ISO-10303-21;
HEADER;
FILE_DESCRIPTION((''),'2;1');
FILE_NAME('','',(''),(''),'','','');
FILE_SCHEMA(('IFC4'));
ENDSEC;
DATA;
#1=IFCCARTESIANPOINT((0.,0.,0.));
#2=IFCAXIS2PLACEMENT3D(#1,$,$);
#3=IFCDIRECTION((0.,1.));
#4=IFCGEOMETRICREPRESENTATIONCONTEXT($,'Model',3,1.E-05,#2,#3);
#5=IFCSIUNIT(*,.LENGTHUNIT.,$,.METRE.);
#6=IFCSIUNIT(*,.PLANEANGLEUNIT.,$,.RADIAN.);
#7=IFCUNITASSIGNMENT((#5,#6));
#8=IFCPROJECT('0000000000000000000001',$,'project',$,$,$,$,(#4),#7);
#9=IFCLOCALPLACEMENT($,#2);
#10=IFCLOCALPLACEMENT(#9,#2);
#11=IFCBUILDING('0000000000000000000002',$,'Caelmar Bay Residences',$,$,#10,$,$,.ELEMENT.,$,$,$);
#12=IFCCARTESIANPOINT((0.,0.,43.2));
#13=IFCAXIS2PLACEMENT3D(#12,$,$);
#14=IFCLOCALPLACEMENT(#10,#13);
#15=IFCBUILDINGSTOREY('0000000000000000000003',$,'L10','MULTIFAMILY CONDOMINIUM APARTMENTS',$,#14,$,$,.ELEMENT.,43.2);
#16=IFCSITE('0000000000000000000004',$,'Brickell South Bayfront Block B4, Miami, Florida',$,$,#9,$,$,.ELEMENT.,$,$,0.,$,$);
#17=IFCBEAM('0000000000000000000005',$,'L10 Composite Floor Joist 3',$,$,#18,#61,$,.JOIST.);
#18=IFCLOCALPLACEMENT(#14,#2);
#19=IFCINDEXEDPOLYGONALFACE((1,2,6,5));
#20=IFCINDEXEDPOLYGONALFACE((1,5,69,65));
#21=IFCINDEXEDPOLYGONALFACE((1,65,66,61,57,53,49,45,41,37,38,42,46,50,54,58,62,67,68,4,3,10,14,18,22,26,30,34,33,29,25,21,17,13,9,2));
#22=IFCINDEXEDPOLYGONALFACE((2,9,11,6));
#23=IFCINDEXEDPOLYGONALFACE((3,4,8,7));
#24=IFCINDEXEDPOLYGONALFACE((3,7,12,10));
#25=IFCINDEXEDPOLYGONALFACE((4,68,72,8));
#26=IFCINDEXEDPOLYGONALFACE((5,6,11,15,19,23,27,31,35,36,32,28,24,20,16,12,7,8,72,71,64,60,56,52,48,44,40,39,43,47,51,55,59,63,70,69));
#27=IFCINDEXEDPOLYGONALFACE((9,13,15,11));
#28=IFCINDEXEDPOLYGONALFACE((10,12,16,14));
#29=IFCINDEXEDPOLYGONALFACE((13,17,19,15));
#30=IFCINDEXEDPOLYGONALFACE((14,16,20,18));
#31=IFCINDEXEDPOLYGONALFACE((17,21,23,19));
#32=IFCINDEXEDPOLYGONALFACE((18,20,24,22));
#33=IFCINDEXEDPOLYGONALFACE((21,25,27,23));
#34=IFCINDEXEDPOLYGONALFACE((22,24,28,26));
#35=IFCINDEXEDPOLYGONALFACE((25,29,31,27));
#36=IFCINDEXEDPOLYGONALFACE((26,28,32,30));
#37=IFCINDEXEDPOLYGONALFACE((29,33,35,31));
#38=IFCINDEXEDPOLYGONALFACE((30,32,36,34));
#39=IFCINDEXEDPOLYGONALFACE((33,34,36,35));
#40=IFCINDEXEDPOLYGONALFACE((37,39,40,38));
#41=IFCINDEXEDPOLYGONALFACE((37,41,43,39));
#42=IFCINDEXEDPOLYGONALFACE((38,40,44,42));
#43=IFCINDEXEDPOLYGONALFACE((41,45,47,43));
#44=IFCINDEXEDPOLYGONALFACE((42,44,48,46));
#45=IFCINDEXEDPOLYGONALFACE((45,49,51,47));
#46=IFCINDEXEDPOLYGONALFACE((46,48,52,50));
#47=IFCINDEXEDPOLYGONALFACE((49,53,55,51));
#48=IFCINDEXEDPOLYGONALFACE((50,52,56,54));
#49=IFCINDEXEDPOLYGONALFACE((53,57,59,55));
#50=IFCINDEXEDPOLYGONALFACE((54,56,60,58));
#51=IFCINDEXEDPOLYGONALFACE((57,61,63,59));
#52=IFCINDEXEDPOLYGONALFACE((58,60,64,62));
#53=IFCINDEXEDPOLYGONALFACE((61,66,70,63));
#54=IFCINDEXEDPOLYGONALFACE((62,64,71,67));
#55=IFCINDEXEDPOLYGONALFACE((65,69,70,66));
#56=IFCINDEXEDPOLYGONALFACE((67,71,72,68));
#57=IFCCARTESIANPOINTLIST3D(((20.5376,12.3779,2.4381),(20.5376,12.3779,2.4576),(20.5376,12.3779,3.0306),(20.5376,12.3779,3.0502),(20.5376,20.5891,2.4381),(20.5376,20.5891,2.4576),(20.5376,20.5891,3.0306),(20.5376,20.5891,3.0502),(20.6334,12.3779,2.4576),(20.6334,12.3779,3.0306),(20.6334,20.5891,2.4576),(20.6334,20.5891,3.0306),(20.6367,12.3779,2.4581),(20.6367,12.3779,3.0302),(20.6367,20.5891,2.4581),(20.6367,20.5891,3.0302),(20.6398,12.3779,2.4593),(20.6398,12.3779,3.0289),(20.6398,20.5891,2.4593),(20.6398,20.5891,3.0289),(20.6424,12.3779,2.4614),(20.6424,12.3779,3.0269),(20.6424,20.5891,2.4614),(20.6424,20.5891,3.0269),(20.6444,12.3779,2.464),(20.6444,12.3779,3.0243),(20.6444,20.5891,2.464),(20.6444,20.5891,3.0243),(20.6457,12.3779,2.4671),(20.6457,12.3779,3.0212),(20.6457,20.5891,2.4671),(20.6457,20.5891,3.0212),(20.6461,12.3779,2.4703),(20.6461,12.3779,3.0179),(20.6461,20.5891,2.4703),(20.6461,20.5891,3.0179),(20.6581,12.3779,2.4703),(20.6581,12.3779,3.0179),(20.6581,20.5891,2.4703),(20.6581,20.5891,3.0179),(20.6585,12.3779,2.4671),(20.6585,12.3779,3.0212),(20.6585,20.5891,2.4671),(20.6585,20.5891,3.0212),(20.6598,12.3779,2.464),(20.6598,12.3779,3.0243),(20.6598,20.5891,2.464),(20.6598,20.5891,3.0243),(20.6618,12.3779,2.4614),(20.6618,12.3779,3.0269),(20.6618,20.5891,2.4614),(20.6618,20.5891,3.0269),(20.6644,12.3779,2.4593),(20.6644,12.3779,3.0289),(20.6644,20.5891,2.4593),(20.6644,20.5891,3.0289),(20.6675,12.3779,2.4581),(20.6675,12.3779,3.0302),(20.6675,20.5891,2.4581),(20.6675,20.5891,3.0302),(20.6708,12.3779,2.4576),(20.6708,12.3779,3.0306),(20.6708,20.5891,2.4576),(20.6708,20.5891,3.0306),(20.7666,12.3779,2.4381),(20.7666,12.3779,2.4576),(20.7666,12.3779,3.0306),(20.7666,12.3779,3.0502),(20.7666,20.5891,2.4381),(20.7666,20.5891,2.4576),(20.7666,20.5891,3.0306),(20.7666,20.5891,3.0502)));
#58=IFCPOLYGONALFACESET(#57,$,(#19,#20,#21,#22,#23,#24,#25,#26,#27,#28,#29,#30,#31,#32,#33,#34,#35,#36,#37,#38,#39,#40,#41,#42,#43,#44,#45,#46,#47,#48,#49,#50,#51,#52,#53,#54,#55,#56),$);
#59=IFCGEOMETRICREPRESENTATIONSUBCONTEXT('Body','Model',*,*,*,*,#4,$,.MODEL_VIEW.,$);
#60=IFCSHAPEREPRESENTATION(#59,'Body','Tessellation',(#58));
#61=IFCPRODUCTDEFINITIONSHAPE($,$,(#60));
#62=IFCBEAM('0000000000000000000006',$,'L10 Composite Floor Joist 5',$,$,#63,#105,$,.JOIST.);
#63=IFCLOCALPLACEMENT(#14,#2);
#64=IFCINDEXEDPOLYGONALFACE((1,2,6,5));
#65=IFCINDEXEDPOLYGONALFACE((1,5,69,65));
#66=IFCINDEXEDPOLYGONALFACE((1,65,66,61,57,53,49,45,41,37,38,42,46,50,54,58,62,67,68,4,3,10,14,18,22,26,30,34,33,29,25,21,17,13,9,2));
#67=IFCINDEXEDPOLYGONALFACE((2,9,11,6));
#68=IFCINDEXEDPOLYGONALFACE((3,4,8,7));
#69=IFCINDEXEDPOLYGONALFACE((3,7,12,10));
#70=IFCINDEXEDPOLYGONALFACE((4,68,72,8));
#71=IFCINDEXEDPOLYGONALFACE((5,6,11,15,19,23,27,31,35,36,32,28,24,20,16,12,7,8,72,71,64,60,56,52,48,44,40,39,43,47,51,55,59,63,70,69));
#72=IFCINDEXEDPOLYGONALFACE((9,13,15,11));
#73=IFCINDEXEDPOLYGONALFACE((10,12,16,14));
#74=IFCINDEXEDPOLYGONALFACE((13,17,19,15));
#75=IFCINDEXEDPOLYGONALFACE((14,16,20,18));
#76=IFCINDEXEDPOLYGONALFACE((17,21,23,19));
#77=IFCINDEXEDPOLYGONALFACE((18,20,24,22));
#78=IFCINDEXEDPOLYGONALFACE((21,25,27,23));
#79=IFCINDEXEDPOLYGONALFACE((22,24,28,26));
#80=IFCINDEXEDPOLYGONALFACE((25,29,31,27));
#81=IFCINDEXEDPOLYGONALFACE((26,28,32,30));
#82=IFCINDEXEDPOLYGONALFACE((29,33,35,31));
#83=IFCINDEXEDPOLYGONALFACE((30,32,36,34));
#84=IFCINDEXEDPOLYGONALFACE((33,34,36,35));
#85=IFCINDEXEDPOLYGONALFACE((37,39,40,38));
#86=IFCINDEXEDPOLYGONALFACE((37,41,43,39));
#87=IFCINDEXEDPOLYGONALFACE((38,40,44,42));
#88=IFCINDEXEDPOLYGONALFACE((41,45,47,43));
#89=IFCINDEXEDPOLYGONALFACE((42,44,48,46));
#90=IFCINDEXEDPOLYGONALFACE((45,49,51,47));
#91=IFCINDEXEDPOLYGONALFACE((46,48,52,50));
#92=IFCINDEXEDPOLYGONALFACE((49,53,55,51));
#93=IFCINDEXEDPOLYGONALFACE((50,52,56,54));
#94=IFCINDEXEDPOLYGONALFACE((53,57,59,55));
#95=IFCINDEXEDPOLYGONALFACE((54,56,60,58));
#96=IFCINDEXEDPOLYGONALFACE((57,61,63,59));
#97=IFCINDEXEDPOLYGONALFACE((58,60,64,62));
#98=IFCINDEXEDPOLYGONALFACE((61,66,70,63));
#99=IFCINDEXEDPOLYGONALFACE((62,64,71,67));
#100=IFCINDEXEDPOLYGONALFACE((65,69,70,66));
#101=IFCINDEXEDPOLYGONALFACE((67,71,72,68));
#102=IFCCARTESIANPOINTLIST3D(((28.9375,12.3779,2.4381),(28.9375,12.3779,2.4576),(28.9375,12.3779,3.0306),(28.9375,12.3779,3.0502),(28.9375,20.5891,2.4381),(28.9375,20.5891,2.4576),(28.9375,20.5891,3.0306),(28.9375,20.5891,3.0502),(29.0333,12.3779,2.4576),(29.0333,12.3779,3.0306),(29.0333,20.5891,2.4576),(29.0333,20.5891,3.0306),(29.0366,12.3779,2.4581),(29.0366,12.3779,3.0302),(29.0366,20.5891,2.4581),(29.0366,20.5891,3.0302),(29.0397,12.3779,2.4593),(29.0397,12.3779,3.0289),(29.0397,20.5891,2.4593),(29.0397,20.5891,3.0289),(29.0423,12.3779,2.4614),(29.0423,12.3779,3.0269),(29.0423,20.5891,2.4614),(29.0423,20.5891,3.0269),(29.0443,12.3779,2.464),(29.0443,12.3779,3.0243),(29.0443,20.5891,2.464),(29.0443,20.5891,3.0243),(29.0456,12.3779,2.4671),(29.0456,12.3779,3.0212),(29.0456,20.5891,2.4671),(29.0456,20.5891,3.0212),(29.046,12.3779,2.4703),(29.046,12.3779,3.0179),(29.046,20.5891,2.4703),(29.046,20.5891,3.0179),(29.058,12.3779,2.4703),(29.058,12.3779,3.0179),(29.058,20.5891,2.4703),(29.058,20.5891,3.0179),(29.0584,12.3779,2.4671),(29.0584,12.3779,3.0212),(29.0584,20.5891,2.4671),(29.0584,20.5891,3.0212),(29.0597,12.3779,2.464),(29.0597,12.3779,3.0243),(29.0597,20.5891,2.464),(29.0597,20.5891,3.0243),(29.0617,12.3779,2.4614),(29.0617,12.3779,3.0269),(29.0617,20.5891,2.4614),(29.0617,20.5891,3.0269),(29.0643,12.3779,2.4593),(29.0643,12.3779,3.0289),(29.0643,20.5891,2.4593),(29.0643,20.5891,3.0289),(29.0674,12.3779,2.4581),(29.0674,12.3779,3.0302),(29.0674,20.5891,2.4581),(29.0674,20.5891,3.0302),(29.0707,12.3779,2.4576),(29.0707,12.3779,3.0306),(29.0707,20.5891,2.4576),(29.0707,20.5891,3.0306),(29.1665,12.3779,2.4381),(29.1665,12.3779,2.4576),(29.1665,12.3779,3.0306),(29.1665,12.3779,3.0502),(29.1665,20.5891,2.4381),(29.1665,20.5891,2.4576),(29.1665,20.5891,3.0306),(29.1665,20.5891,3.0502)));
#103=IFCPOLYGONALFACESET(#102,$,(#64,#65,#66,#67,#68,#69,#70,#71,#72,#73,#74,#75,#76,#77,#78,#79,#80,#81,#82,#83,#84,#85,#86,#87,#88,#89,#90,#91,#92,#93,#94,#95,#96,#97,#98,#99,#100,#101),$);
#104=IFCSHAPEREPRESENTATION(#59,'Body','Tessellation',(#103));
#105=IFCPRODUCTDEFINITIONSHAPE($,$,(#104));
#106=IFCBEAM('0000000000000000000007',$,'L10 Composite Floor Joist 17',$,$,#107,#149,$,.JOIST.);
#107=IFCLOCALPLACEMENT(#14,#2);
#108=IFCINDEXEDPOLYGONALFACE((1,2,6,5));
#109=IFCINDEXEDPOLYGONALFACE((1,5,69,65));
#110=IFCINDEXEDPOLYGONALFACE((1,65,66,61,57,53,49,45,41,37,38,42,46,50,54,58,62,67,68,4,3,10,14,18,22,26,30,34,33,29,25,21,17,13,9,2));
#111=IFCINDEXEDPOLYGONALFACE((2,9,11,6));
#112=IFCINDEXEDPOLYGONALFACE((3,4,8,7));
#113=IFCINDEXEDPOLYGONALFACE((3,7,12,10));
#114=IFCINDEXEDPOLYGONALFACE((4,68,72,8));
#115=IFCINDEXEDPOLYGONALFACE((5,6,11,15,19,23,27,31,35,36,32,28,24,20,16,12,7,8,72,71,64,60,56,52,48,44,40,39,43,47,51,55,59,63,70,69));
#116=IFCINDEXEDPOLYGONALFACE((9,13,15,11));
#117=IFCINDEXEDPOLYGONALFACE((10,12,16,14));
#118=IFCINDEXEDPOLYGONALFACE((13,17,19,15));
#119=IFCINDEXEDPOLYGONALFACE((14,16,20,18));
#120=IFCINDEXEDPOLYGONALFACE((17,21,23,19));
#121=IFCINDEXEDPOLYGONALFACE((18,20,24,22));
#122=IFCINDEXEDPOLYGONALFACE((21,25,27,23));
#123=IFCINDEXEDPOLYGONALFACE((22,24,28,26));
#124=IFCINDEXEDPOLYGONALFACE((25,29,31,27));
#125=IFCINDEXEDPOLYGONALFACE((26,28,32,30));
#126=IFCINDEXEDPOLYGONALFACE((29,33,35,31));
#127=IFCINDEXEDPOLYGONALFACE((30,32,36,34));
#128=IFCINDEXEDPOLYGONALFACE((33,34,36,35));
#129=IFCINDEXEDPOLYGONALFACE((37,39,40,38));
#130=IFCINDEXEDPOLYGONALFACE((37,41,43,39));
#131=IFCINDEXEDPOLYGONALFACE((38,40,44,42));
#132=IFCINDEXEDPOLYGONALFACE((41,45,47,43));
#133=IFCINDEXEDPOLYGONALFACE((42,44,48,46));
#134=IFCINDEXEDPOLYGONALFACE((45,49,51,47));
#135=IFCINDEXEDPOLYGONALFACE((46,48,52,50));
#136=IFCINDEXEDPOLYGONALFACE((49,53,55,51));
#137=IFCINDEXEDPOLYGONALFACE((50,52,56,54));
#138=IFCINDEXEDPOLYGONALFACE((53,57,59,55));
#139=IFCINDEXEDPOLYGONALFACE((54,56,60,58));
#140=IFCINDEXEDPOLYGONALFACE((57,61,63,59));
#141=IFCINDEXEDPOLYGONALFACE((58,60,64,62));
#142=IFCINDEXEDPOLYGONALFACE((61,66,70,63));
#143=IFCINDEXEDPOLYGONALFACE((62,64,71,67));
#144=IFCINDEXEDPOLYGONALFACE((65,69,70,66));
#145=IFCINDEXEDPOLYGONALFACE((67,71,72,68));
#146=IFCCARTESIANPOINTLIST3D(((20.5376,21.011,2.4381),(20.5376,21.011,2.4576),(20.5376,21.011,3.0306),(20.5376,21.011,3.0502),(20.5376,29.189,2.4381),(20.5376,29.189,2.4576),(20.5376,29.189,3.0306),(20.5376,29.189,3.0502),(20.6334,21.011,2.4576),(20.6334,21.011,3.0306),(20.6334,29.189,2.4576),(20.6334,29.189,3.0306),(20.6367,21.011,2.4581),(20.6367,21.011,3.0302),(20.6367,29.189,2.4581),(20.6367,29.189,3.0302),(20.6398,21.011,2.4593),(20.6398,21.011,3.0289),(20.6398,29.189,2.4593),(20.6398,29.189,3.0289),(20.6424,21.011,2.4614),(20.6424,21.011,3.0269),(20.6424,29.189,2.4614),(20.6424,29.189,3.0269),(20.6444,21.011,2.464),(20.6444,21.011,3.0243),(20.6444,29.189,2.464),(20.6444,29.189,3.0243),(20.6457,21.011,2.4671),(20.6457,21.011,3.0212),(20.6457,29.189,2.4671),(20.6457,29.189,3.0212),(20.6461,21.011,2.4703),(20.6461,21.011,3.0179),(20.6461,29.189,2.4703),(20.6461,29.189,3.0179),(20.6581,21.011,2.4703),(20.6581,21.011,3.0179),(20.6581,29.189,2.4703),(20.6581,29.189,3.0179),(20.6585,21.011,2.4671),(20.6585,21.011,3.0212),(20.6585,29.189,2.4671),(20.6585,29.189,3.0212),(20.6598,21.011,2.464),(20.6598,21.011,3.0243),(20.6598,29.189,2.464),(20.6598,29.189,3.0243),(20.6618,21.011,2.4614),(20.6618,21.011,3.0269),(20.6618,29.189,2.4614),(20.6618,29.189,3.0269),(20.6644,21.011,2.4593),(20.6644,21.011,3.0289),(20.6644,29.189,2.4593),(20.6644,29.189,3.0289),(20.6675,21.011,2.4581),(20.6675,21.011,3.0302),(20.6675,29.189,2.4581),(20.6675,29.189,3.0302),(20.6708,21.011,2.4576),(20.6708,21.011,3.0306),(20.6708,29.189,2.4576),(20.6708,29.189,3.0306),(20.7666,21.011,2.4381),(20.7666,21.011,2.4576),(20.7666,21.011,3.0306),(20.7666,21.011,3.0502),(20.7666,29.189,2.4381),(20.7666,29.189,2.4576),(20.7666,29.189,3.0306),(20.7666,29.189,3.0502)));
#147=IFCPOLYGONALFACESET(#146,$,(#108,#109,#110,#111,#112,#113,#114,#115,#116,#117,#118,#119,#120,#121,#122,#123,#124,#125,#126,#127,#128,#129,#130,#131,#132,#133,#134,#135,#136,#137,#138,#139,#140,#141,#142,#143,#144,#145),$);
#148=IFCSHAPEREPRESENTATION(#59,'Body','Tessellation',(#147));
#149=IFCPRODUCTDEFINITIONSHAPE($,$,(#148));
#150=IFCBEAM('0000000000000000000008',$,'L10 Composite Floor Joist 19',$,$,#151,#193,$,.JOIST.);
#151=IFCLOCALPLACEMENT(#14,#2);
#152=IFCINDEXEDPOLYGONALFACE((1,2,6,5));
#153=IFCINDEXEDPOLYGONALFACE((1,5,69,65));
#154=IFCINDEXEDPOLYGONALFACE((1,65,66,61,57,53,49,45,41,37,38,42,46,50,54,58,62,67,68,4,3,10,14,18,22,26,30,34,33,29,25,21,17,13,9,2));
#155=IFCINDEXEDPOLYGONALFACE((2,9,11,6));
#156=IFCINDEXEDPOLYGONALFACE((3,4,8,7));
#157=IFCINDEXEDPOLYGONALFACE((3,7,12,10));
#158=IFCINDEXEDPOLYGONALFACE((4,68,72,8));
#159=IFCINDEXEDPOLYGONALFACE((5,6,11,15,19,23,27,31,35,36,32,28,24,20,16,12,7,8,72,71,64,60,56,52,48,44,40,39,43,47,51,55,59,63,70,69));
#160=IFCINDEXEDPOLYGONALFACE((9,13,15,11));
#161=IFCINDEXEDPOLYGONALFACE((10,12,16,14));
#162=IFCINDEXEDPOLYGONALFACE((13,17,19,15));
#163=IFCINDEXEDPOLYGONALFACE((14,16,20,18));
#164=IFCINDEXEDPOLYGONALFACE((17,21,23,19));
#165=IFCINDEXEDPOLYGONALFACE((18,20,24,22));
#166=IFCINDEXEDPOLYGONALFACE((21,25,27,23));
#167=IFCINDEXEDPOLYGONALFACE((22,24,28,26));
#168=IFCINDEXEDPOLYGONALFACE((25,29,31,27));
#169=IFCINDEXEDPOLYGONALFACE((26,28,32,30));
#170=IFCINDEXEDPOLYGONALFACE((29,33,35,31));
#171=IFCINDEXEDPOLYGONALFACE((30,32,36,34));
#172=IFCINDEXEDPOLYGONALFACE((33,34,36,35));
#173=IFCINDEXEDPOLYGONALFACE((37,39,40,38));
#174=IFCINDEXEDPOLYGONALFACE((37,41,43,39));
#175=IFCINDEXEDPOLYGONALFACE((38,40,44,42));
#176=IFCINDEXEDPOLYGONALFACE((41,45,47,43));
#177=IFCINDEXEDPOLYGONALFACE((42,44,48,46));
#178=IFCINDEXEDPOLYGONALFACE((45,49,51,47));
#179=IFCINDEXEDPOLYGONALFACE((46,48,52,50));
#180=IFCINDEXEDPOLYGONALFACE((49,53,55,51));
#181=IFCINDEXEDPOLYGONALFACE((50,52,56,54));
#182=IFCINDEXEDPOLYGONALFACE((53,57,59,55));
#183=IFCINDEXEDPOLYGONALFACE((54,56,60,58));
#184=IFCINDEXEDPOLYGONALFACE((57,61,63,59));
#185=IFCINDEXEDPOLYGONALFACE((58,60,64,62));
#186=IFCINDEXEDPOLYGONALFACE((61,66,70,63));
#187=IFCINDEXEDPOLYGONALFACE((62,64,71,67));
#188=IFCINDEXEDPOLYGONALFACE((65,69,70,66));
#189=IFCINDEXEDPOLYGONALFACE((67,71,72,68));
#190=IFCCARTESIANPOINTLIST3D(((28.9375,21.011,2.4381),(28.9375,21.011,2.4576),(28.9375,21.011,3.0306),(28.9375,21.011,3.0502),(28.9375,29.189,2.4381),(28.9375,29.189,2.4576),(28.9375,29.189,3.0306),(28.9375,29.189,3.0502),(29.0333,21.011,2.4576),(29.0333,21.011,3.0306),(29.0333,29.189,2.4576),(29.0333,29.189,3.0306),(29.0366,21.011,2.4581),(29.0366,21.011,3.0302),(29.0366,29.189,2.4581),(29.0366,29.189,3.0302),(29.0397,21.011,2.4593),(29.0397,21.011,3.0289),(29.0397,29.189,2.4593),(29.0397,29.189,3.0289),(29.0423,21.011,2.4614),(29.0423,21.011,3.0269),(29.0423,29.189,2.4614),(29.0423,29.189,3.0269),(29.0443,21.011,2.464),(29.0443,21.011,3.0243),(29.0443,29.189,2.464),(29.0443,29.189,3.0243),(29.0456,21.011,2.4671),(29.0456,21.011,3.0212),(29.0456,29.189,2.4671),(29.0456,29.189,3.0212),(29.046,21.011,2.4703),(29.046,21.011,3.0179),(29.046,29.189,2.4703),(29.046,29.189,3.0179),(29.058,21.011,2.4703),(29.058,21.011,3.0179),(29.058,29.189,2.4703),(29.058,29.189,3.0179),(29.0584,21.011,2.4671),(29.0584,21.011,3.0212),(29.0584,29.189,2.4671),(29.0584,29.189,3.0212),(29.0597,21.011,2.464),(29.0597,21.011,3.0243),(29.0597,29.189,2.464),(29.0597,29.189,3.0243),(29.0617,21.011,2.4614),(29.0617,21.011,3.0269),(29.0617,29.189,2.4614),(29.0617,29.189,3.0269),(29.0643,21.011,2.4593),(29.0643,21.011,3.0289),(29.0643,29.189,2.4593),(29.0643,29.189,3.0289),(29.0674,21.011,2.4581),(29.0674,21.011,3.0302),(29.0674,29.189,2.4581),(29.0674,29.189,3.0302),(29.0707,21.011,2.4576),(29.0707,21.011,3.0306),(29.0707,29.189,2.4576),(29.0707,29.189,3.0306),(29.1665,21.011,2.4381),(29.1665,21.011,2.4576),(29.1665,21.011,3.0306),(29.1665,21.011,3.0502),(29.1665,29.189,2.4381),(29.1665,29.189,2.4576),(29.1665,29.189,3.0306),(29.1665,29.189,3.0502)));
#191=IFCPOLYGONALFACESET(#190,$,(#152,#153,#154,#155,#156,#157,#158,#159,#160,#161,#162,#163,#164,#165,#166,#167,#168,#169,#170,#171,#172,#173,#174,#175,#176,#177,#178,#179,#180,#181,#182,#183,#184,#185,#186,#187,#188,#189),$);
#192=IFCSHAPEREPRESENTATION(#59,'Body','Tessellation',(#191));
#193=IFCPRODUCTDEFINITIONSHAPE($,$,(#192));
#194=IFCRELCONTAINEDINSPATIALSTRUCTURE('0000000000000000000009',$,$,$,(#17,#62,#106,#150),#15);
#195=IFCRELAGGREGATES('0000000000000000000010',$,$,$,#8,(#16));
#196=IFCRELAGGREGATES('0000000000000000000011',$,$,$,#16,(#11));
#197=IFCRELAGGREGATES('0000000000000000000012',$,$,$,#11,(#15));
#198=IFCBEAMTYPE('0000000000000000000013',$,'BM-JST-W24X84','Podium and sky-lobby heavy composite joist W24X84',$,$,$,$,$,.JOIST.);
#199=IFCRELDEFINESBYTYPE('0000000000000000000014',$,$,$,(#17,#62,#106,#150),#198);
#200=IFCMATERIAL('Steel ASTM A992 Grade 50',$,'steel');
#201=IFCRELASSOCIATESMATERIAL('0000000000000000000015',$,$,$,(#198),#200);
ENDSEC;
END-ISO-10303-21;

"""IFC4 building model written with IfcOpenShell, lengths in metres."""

from ifc_helpers import new_model, si_unit, direction, frame, origin, origin_2d, place, context, subcontext, project, spatial, i_section, extrude, material, material_profile, profile_set, type_object, element, save


model = new_model("IFC4")

# Units and contexts
model_context = context("Model", 3, precision=1e-05, world=origin(), true_north=direction((0.0, 1.0)))
body_context = subcontext(model_context, "Body", "Model", "MODEL_VIEW")
ifc_project = project(units=[si_unit("LENGTHUNIT", "METRE"), si_unit("PLANEANGLEUNIT", "RADIAN")], contexts=[model_context])

# Site, building, storey
site_placement = place(None, origin())
site = spatial("IfcSite", under=ifc_project, at=site_placement, Name="Brickell South Bayfront Block B4, Miami, Florida", CompositionType="ELEMENT", RefElevation=0.0)
building_placement = place(site_placement, origin())
building = spatial("IfcBuilding", under=site, at=building_placement, Name="Caelmar Bay Residences", CompositionType="ELEMENT")
storey_placement = place(building_placement, frame((0.0, 0.0, 43.2)))
storey = spatial("IfcBuildingStorey", under=building, at=storey_placement, Name="L10", Description="MULTIFAMILY CONDOMINIUM APARTMENTS", CompositionType="ELEMENT", Elevation=43.2)

# Beams
ifc_material_1 = material(Name="Steel ASTM A992 Grade 50", Category="steel")
ifc_material_profile_1 = material_profile(ifc_material_1, i_section(OverallWidth=0.229, OverallDepth=0.6121, WebThickness=0.012, FlangeThickness=0.0195, FilletRadius=0.0127, at=origin_2d()), Name="W24X84")
ifc_profile_set_1 = profile_set([ifc_material_profile_1], Name="Steel ASTM A992 Grade 50")
beam_type_1 = type_object("IfcBeamType", Name="BM-JST-W24X84", Description="Podium and sky-lobby heavy composite joist W24X84", PredefinedType="JOIST", material=ifc_profile_set_1)
for number, where, z_axis, x_axis, name in (
    (1, (20.6521, 12.3779, 2.7441), (0.0, 1.0, 0.0), (-1.0, 0.0, 0.0), "L10 Composite Floor Joist 3"),
    (2, (29.052, 12.3779, 2.7441), (0.0, 1.0, 0.0), (-1.0, 0.0, 0.0), "L10 Composite Floor Joist 5"),
):
    element("IfcBeam", number, at=place(storey_placement, frame(where, z_axis=z_axis, x_axis=x_axis)), inside=storey, type_object=beam_type_1, Name=name, PredefinedType="JOIST", context=body_context, shape_type="SweptSolid", body=[
        extrude(i_section(OverallWidth=0.229, OverallDepth=0.6121, WebThickness=0.012, FlangeThickness=0.0195, FilletRadius=0.0127, at=origin_2d()), origin(), (0.0, 0.0, 1.0), 8.2112),
    ])
for number, where, z_axis, x_axis, name in (
    (3, (20.6521, 21.011, 2.7441), (0.0, 1.0, 0.0), (-1.0, 0.0, 0.0), "L10 Composite Floor Joist 17"),
    (4, (29.052, 21.011, 2.7441), (0.0, 1.0, 0.0), (-1.0, 0.0, 0.0), "L10 Composite Floor Joist 19"),
):
    element("IfcBeam", number, at=place(storey_placement, frame(where, z_axis=z_axis, x_axis=x_axis)), inside=storey, type_object=beam_type_1, Name=name, PredefinedType="JOIST", context=body_context, shape_type="SweptSolid", body=[
        extrude(i_section(OverallWidth=0.229, OverallDepth=0.6121, WebThickness=0.012, FlangeThickness=0.0195, FilletRadius=0.0127, at=origin_2d()), origin(), (0.0, 0.0, 1.0), 8.178),
    ])

save(model, "model.ifc")
